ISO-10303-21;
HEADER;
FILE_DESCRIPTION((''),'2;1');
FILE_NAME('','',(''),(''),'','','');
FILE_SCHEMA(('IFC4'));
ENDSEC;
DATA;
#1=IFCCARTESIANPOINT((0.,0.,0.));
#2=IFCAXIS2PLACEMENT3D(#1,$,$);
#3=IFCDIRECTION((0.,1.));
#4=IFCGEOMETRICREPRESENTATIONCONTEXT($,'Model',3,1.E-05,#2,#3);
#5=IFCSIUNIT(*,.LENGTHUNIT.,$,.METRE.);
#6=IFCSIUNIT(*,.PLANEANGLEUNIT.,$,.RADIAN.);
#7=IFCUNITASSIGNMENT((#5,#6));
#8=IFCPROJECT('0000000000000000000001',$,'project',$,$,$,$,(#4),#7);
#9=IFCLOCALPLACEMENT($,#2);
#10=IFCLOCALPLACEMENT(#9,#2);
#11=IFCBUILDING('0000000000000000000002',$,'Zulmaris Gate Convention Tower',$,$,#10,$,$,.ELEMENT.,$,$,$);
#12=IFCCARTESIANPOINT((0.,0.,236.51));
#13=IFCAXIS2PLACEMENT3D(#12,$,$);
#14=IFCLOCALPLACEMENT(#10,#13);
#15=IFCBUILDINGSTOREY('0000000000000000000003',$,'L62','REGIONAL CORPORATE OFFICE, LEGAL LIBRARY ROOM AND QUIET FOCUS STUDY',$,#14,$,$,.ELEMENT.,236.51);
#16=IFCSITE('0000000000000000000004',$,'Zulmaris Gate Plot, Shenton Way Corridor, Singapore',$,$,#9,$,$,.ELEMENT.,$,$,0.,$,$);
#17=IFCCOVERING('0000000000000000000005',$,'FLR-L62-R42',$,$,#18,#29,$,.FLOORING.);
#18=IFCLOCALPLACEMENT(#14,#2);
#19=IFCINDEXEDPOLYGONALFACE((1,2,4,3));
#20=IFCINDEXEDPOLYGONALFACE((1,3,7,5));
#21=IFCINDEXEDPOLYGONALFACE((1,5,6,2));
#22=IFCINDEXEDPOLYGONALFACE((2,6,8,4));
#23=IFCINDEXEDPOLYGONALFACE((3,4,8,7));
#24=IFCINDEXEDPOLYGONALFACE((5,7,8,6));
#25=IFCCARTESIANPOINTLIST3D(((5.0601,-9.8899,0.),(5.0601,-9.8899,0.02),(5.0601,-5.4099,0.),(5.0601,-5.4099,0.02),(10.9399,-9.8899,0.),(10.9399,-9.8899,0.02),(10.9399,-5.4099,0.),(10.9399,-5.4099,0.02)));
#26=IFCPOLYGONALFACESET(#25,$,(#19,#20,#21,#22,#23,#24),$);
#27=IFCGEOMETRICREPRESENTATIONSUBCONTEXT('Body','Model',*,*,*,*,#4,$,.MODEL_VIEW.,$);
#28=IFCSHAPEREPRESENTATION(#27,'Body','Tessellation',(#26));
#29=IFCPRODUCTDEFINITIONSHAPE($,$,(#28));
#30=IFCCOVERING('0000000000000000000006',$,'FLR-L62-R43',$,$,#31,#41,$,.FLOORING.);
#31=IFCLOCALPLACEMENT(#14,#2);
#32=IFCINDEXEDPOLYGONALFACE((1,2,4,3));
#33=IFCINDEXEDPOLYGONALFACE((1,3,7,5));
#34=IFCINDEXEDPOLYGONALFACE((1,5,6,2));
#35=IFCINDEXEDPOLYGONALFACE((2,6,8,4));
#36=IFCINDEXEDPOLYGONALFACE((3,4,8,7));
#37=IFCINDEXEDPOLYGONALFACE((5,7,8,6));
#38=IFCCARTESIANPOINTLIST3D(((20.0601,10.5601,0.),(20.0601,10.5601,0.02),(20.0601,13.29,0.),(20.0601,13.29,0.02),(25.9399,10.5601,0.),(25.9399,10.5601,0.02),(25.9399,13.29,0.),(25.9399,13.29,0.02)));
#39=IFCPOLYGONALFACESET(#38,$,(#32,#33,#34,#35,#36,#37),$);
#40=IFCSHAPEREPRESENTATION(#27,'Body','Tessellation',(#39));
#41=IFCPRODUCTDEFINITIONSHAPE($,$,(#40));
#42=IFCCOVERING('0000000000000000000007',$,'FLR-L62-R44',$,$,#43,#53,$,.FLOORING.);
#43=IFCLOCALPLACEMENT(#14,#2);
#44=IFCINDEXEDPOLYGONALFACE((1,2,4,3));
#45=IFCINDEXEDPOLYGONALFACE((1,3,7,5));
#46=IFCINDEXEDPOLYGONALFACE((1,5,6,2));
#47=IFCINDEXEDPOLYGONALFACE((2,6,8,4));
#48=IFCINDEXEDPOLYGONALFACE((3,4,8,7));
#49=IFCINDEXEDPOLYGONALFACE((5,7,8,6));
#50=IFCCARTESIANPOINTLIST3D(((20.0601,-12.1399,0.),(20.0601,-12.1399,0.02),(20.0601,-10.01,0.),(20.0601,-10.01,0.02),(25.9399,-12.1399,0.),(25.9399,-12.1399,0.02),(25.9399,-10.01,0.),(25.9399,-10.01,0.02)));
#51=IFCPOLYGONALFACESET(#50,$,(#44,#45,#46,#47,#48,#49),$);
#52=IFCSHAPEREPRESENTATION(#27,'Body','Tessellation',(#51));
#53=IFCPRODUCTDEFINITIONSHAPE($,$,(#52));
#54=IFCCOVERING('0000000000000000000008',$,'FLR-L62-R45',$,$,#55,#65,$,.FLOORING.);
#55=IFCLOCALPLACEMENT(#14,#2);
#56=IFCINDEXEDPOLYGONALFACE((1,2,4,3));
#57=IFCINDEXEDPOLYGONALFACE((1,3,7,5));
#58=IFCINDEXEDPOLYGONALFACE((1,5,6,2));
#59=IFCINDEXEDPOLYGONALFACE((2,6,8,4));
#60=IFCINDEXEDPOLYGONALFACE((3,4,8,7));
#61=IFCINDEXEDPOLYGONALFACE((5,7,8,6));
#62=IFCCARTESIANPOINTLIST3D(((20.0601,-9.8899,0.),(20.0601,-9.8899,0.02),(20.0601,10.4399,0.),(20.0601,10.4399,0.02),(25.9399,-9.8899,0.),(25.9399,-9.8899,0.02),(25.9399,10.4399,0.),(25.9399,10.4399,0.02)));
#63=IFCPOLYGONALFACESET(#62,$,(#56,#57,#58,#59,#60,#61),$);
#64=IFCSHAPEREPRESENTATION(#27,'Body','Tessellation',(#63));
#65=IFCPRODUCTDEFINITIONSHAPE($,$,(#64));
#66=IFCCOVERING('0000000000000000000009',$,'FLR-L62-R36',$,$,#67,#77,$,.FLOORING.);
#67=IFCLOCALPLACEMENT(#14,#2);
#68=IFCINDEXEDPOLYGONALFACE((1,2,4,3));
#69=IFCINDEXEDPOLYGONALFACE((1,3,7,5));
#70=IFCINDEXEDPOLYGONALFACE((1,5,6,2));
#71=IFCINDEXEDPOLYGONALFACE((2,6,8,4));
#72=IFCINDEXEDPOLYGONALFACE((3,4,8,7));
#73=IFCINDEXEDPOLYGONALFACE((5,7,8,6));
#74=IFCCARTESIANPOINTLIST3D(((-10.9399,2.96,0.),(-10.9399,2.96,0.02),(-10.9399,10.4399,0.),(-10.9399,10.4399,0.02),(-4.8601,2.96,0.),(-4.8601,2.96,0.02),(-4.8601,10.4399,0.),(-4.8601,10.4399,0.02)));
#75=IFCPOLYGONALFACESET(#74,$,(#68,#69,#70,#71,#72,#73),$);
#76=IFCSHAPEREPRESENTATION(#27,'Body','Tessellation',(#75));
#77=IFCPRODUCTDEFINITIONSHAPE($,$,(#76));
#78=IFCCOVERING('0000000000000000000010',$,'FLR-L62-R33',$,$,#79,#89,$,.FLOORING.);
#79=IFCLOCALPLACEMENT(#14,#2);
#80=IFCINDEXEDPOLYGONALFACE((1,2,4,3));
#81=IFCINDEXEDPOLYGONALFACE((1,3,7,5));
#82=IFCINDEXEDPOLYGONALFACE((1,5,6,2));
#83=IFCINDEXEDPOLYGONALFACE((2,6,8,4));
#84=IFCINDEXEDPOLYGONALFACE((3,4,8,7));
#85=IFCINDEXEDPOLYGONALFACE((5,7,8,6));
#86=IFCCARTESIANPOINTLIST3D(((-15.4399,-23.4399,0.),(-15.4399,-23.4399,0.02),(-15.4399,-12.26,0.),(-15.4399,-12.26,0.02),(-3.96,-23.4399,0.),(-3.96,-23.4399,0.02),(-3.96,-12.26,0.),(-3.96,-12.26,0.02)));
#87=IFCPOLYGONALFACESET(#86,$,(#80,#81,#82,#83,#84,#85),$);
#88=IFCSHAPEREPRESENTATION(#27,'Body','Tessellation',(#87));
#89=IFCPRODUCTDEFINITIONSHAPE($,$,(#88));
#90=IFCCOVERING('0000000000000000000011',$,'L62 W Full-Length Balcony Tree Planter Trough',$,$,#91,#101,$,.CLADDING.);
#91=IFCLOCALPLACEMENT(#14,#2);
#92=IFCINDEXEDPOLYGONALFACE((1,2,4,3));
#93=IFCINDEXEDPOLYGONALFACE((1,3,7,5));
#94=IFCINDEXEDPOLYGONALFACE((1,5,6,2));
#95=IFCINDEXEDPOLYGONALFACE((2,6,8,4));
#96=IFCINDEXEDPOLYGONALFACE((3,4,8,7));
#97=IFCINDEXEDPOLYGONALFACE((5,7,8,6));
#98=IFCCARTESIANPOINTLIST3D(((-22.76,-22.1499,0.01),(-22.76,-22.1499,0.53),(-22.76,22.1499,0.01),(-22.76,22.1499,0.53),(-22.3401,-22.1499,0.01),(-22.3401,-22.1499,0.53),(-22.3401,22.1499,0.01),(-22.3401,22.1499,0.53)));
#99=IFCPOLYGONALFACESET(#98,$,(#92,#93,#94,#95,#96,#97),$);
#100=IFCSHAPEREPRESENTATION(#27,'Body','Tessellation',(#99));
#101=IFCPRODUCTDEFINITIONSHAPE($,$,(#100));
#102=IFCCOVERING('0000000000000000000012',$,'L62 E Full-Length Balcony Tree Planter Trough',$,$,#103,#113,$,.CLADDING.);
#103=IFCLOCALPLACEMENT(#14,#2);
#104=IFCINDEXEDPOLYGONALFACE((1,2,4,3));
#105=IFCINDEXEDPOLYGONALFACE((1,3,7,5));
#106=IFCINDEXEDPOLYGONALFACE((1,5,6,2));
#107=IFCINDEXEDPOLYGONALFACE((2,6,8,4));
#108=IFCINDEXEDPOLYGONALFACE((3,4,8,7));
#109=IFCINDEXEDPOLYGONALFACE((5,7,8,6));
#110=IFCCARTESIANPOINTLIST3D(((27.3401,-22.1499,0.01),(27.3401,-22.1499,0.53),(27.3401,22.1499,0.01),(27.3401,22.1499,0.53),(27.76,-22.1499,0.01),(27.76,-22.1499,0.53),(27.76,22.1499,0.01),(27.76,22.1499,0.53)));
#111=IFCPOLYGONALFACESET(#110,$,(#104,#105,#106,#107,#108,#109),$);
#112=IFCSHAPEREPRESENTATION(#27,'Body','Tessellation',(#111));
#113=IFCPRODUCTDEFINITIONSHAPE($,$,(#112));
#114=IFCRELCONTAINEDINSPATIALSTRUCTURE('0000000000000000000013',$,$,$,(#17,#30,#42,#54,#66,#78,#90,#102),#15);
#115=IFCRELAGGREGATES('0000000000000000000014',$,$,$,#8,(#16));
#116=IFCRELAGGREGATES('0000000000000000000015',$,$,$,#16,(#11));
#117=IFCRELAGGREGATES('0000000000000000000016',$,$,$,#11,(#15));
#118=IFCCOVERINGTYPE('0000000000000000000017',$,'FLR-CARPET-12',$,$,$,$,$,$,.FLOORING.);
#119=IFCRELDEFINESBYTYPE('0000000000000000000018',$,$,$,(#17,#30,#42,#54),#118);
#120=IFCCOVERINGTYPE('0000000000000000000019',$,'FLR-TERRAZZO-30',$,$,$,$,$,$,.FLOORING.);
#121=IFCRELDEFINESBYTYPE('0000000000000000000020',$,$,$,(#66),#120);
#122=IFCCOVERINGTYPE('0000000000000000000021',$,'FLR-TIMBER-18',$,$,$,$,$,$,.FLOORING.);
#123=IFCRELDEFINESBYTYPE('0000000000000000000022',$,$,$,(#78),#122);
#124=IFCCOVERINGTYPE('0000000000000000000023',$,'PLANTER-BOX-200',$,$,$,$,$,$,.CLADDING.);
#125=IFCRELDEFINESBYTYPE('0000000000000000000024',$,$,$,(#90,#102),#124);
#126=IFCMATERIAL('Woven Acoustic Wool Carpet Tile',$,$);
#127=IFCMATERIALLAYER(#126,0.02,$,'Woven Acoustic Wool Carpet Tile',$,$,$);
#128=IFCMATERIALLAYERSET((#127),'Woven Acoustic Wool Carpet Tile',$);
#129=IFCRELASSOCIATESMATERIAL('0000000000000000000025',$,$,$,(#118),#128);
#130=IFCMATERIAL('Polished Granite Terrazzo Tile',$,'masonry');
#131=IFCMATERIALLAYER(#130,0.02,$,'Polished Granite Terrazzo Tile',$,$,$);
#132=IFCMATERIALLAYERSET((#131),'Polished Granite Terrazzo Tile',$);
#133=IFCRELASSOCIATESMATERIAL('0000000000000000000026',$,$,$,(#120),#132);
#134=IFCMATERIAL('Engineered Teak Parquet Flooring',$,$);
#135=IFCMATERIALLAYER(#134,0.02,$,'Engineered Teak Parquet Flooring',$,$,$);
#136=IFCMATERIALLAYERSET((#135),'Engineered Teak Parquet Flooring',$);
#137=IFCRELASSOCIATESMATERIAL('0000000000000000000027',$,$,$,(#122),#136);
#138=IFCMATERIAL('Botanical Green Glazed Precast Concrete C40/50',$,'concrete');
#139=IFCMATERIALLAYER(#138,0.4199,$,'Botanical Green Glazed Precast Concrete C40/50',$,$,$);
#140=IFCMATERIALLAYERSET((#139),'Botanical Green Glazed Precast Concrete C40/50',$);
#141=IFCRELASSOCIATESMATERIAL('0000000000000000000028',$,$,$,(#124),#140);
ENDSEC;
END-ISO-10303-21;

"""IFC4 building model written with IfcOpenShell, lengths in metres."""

from ifc_helpers import new_model, si_unit, direction, frame, origin, place, context, subcontext, project, spatial, polyline, outline, extrude, material, layer, layer_set, type_object, element, save


model = new_model("IFC4")

# Units and contexts
model_context = context("Model", 3, precision=1e-05, world=origin(), true_north=direction((0.0, 1.0)))
body_context = subcontext(model_context, "Body", "Model", "MODEL_VIEW")
ifc_project = project(units=[si_unit("LENGTHUNIT", "METRE"), si_unit("PLANEANGLEUNIT", "RADIAN")], contexts=[model_context])

# Site, building, storey
site_placement = place(None, origin())
site = spatial("IfcSite", under=ifc_project, at=site_placement, Name="Zulmaris Gate Plot, Shenton Way Corridor, Singapore", CompositionType="ELEMENT", RefElevation=0.0)
building_placement = place(site_placement, origin())
building = spatial("IfcBuilding", under=site, at=building_placement, Name="Zulmaris Gate Convention Tower", CompositionType="ELEMENT")
storey_placement = place(building_placement, frame((0.0, 0.0, 236.51)))
storey = spatial("IfcBuildingStorey", under=building, at=storey_placement, Name="L62", Description="REGIONAL CORPORATE OFFICE, LEGAL LIBRARY ROOM AND QUIET FOCUS STUDY", CompositionType="ELEMENT", Elevation=236.51)

# Coverings
ifc_material_1 = material(Name="Woven Acoustic Wool Carpet Tile")
ifc_layer_1 = layer(ifc_material_1, 0.02, Name="Woven Acoustic Wool Carpet Tile")
ifc_layer_set_1 = layer_set([ifc_layer_1], Name="Woven Acoustic Wool Carpet Tile")
covering_type_1 = type_object("IfcCoveringType", Name="FLR-CARPET-12", PredefinedType="FLOORING", material=ifc_layer_set_1)
covering_1_placement = place(storey_placement, origin())
element("IfcCovering", 1, at=covering_1_placement, inside=storey, type_object=covering_type_1, Name="FLR-L62-R42", PredefinedType="FLOORING", context=body_context, shape_type="SweptSolid", body=[
    extrude(outline(polyline([(5.0601, -9.8899), (10.9399, -9.8899), (10.9399, -5.4099), (5.0601, -5.4099), (5.0601, -9.8899)])), origin(), (0.0, 0.0, 1.0), 0.02),
])
covering_2_placement = place(storey_placement, origin())
element("IfcCovering", 2, at=covering_2_placement, inside=storey, type_object=covering_type_1, Name="FLR-L62-R43", PredefinedType="FLOORING", context=body_context, shape_type="SweptSolid", body=[
    extrude(outline(polyline([(20.0601, 10.5601), (25.9399, 10.5601), (25.9399, 13.29), (20.0601, 13.29), (20.0601, 10.5601)])), origin(), (0.0, 0.0, 1.0), 0.02),
])
covering_3_placement = place(storey_placement, origin())
element("IfcCovering", 3, at=covering_3_placement, inside=storey, type_object=covering_type_1, Name="FLR-L62-R44", PredefinedType="FLOORING", context=body_context, shape_type="SweptSolid", body=[
    extrude(outline(polyline([(20.0601, -12.1399), (25.9399, -12.1399), (25.9399, -10.01), (20.0601, -10.01), (20.0601, -12.1399)])), origin(), (0.0, 0.0, 1.0), 0.02),
])
covering_4_placement = place(storey_placement, origin())
element("IfcCovering", 4, at=covering_4_placement, inside=storey, type_object=covering_type_1, Name="FLR-L62-R45", PredefinedType="FLOORING", context=body_context, shape_type="SweptSolid", body=[
    extrude(outline(polyline([(20.0601, -9.8899), (25.9399, -9.8899), (25.9399, 10.4399), (20.0601, 10.4399), (20.0601, -9.8899)])), origin(), (0.0, 0.0, 1.0), 0.02),
])
ifc_material_2 = material(Name="Polished Granite Terrazzo Tile", Category="masonry")
ifc_layer_2 = layer(ifc_material_2, 0.02, Name="Polished Granite Terrazzo Tile")
ifc_layer_set_2 = layer_set([ifc_layer_2], Name="Polished Granite Terrazzo Tile")
covering_type_2 = type_object("IfcCoveringType", Name="FLR-TERRAZZO-30", PredefinedType="FLOORING", material=ifc_layer_set_2)
covering_5_placement = place(storey_placement, origin())
element("IfcCovering", 5, at=covering_5_placement, inside=storey, type_object=covering_type_2, Name="FLR-L62-R36", PredefinedType="FLOORING", context=body_context, shape_type="SweptSolid", body=[
    extrude(outline(polyline([(-10.9399, 2.96), (-4.8601, 2.96), (-4.8601, 10.4399), (-10.9399, 10.4399), (-10.9399, 2.96)])), origin(), (0.0, 0.0, 1.0), 0.02),
])
ifc_material_3 = material(Name="Engineered Teak Parquet Flooring")
ifc_layer_3 = layer(ifc_material_3, 0.02, Name="Engineered Teak Parquet Flooring")
ifc_layer_set_3 = layer_set([ifc_layer_3], Name="Engineered Teak Parquet Flooring")
covering_type_3 = type_object("IfcCoveringType", Name="FLR-TIMBER-18", PredefinedType="FLOORING", material=ifc_layer_set_3)
covering_6_placement = place(storey_placement, origin())
element("IfcCovering", 6, at=covering_6_placement, inside=storey, type_object=covering_type_3, Name="FLR-L62-R33", PredefinedType="FLOORING", context=body_context, shape_type="SweptSolid", body=[
    extrude(outline(polyline([(-15.4399, -23.4399), (-3.96, -23.4399), (-3.96, -12.26), (-15.4399, -12.26), (-15.4399, -23.4399)])), origin(), (0.0, 0.0, 1.0), 0.02),
])
ifc_material_4 = material(Name="Botanical Green Glazed Precast Concrete C40/50", Category="concrete")
ifc_layer_4 = layer(ifc_material_4, 0.4199, Name="Botanical Green Glazed Precast Concrete C40/50")
ifc_layer_set_4 = layer_set([ifc_layer_4], Name="Botanical Green Glazed Precast Concrete C40/50")
covering_type_4 = type_object("IfcCoveringType", Name="PLANTER-BOX-200", PredefinedType="CLADDING", material=ifc_layer_set_4)
covering_7_placement = place(storey_placement, frame((0.0, 0.0, 0.01)))
element("IfcCovering", 7, at=covering_7_placement, inside=storey, type_object=covering_type_4, Name="L62 W Full-Length Balcony Tree Planter Trough", PredefinedType="CLADDING", context=body_context, shape_type="SweptSolid", body=[
    extrude(outline(polyline([(-22.76, -22.1499), (-22.3401, -22.1499), (-22.3401, 22.1499), (-22.76, 22.1499), (-22.76, -22.1499)])), origin(), (0.0, 0.0, 1.0), 0.52),
])
covering_8_placement = place(storey_placement, frame((0.0, 0.0, 0.01)))
element("IfcCovering", 8, at=covering_8_placement, inside=storey, type_object=covering_type_4, Name="L62 E Full-Length Balcony Tree Planter Trough", PredefinedType="CLADDING", context=body_context, shape_type="SweptSolid", body=[
    extrude(outline(polyline([(27.3401, -22.1499), (27.76, -22.1499), (27.76, 22.1499), (27.3401, 22.1499), (27.3401, -22.1499)])), origin(), (0.0, 0.0, 1.0), 0.52),
])

save(model, "model.ifc")
